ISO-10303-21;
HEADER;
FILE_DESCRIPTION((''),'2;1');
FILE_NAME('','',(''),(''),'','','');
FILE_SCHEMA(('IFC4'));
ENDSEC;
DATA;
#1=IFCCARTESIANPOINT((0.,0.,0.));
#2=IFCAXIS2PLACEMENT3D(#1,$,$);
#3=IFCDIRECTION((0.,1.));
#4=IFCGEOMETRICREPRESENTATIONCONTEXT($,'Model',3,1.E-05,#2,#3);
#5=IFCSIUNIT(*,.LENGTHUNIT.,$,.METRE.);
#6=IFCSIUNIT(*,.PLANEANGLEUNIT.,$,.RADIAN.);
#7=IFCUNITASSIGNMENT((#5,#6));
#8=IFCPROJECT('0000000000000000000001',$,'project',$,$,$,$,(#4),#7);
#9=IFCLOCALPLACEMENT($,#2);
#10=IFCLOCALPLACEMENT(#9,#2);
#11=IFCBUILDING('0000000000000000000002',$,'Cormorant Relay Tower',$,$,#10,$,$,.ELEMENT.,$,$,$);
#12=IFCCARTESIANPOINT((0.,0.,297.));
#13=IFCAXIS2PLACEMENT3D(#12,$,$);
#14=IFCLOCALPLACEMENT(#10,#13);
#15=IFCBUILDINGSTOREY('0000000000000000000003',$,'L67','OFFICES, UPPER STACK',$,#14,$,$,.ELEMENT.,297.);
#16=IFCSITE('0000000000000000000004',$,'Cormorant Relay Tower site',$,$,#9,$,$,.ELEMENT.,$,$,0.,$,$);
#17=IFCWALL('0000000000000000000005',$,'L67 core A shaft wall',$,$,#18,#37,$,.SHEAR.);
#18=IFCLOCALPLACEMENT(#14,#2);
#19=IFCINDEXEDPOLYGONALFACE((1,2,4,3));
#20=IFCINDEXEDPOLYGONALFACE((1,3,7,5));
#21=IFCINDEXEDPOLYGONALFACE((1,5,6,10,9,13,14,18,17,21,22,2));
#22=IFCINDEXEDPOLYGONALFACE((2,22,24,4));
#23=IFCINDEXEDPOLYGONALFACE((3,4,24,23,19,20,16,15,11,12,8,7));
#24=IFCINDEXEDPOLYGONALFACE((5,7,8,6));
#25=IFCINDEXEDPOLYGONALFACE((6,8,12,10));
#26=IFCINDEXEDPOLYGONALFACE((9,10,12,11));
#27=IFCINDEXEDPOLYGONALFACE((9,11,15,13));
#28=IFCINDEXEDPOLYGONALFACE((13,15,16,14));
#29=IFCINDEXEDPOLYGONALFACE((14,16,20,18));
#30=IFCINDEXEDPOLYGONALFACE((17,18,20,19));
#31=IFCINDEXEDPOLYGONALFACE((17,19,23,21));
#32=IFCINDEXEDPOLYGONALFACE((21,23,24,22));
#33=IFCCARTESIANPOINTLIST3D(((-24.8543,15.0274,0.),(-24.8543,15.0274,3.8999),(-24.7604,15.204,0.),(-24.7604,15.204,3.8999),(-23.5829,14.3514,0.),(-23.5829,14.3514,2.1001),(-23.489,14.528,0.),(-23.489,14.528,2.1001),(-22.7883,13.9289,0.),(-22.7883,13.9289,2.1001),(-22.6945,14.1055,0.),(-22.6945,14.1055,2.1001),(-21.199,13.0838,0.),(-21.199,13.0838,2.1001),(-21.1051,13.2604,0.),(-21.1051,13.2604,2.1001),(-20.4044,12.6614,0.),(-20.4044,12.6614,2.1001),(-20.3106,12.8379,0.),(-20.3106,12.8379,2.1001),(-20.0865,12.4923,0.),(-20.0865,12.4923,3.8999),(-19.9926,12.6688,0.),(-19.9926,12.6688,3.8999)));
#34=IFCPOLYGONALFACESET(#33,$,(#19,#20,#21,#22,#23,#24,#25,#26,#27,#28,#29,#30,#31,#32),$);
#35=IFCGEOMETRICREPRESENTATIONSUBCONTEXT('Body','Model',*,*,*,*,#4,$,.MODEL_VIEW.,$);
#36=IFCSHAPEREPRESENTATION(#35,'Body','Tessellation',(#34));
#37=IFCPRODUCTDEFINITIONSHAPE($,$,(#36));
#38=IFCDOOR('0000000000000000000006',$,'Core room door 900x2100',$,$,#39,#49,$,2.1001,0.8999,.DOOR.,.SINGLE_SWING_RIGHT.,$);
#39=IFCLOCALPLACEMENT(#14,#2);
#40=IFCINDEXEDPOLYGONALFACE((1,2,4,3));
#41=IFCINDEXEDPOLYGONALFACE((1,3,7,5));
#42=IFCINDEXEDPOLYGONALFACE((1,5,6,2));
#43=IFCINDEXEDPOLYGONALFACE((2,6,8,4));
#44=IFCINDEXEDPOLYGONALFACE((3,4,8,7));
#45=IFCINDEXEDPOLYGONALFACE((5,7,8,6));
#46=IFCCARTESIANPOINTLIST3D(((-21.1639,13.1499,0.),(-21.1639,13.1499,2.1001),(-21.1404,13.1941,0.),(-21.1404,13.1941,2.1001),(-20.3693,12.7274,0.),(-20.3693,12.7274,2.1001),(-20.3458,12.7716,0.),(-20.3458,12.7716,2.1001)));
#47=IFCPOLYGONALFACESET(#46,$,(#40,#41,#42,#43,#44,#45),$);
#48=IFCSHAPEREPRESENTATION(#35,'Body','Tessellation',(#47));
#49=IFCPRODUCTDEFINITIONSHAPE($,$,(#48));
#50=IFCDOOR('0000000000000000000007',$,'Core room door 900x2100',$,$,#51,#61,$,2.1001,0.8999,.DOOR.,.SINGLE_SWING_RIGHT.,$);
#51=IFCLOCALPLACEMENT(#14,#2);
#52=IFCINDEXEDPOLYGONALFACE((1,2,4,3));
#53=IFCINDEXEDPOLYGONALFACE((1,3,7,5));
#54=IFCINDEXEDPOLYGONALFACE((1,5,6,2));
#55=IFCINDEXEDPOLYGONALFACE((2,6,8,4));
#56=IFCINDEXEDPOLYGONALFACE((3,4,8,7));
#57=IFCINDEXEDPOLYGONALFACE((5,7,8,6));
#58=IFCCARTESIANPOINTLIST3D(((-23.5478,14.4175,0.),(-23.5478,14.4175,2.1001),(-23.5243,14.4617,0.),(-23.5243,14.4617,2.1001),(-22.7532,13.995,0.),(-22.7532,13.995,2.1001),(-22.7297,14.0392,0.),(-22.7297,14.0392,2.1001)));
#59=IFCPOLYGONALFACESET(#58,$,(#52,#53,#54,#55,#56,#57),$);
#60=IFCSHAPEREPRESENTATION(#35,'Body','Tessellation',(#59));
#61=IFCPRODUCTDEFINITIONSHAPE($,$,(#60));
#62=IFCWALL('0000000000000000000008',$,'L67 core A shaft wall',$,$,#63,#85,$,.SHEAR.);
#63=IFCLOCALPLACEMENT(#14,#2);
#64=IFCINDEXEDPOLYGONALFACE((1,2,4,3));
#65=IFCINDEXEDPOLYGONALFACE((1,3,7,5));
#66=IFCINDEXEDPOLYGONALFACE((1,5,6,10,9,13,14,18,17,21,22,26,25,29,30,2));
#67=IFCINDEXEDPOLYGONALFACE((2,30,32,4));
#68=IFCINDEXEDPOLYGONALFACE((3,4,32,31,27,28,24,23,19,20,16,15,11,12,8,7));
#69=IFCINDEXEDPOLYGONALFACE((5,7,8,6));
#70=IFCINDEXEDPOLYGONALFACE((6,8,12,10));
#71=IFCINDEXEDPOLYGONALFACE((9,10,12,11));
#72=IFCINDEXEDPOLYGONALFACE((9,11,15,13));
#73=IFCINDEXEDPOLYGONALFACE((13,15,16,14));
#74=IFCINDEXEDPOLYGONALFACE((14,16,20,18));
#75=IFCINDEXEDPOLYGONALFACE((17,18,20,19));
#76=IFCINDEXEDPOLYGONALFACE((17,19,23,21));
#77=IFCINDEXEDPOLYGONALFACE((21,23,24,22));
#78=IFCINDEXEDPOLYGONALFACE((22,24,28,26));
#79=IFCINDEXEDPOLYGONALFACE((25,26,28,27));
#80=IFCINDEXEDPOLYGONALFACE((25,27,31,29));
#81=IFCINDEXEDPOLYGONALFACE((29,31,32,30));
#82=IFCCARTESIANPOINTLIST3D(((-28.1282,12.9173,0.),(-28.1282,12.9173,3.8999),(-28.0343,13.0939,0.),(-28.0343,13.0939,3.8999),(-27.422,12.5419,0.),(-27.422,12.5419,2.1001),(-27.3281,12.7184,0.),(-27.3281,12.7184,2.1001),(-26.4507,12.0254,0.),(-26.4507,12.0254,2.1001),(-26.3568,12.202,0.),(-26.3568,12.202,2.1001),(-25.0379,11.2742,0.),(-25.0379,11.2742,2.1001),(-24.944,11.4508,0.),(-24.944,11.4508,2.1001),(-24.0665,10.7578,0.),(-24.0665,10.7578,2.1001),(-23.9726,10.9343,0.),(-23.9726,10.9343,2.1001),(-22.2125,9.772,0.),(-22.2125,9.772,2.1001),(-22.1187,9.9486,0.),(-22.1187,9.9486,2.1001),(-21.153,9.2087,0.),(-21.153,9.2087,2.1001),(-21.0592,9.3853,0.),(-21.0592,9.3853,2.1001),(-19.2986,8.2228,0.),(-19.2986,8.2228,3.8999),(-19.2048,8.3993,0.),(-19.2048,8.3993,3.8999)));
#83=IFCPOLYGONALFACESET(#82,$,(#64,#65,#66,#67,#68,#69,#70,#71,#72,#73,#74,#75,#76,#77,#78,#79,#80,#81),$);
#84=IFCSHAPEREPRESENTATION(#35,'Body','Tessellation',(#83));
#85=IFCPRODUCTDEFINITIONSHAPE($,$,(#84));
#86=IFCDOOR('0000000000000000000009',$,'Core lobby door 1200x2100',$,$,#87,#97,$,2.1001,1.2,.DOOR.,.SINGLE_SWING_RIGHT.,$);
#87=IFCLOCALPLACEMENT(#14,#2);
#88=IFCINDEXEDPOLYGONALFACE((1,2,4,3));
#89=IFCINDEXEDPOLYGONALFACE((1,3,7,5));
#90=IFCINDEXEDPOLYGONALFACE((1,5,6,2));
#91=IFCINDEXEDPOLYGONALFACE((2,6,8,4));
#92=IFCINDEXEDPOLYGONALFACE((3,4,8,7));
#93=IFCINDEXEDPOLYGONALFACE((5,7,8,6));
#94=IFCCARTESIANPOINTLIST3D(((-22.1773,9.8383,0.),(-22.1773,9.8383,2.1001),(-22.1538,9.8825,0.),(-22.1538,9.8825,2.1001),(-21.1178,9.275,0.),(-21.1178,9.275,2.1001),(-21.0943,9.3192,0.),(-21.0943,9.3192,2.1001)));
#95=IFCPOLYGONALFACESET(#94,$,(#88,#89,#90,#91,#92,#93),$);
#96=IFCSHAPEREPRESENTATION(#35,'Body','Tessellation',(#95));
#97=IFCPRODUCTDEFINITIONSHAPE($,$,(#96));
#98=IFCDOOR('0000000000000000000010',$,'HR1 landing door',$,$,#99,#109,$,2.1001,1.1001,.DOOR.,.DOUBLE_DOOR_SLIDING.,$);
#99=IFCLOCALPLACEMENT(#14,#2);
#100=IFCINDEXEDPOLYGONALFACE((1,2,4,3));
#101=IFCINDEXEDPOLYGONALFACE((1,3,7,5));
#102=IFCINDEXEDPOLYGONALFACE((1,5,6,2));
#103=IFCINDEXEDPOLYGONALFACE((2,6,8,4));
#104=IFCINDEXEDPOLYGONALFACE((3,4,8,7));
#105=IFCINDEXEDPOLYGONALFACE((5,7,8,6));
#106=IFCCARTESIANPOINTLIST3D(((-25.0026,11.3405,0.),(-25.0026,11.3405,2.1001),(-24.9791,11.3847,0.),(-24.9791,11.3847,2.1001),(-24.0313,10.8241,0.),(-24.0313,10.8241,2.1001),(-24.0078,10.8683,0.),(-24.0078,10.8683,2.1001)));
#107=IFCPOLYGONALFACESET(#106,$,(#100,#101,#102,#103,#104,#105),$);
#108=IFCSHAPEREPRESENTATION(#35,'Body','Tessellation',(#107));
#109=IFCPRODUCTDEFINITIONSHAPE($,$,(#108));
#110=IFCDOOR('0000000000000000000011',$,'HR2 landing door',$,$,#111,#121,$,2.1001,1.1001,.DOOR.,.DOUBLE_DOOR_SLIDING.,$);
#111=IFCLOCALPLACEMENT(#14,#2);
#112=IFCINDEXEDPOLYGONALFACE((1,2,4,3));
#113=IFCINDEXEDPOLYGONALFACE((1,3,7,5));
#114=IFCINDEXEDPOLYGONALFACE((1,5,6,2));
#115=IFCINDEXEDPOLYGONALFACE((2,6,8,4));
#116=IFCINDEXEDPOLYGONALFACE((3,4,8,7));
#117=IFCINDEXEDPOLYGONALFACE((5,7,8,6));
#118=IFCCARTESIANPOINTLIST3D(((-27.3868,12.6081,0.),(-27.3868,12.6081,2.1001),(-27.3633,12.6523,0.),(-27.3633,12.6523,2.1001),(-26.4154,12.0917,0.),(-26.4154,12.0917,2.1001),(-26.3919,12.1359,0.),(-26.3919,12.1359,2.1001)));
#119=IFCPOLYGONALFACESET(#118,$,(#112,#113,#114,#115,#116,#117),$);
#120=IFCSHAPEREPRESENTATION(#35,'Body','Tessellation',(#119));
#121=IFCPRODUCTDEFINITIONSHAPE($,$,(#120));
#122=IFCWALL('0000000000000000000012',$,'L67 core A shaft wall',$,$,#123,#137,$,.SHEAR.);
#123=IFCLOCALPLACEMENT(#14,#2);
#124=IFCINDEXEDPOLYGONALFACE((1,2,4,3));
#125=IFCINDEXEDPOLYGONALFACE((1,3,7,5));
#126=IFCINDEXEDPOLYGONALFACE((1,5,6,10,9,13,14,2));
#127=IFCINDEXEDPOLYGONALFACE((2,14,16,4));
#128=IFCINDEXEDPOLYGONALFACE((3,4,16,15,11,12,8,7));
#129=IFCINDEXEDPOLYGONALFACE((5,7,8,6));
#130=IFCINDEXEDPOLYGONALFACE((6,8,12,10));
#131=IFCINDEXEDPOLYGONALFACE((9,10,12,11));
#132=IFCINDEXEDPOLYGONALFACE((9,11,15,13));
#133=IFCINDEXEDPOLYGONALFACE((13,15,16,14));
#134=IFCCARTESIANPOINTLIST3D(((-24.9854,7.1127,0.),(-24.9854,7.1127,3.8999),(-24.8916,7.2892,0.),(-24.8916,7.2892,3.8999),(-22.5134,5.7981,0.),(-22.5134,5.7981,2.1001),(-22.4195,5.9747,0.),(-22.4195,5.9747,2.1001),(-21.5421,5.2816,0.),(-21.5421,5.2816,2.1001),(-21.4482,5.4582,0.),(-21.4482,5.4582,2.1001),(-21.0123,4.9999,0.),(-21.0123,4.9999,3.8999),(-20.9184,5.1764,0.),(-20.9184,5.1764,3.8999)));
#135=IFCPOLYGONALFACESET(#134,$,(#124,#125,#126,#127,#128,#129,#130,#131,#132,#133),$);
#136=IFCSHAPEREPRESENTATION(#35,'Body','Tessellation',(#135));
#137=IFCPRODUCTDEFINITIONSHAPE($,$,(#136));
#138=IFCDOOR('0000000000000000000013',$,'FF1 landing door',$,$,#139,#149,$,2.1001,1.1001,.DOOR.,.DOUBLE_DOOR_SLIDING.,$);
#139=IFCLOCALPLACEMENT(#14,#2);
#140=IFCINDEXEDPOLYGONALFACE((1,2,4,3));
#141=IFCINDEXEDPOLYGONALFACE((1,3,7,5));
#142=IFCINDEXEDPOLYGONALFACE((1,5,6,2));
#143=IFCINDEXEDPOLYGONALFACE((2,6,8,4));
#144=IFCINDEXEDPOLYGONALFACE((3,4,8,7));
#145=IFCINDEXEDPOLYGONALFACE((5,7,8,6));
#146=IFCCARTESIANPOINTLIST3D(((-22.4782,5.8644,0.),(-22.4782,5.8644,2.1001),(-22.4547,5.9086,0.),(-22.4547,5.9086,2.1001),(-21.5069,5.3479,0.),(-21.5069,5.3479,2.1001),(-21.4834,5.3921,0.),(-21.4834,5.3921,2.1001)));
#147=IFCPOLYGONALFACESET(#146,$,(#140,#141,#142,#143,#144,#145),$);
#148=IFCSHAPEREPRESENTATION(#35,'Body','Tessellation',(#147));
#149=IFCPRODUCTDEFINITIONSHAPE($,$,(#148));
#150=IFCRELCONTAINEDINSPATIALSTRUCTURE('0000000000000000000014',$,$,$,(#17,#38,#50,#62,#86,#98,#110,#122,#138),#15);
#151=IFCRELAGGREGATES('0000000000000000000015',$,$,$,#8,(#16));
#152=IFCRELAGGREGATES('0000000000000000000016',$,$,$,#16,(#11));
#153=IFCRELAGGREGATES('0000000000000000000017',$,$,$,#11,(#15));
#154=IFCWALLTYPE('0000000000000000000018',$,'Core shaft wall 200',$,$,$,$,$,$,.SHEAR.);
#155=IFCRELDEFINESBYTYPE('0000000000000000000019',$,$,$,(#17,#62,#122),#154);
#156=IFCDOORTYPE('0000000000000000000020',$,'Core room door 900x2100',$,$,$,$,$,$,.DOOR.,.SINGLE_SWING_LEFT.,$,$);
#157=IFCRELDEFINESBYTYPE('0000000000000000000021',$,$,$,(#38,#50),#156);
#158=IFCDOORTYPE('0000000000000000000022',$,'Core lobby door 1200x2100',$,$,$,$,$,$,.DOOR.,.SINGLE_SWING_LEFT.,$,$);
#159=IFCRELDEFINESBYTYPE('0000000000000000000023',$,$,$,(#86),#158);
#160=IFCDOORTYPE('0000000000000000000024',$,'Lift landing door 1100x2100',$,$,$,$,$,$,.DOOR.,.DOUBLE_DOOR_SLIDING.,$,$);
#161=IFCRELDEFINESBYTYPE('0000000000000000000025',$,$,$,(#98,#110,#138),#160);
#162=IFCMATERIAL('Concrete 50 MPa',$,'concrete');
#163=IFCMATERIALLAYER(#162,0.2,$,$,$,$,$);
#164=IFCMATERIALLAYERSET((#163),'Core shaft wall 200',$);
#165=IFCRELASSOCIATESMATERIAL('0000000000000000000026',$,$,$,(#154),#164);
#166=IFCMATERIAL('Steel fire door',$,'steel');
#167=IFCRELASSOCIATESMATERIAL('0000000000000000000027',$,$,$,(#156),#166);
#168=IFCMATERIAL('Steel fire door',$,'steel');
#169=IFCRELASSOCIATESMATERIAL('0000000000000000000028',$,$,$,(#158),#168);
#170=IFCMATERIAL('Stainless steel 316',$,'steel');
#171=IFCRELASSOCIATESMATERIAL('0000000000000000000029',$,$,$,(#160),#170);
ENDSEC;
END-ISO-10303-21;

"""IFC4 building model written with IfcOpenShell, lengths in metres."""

from ifc_helpers import new_model, si_unit, direction, frame, frame_2d, origin, place, context, subcontext, project, spatial, rectangle, extrude, material, layer, layer_set, type_object, element, fill, save


model = new_model("IFC4")

# Units and contexts
model_context = context("Model", 3, precision=1e-05, world=origin(), true_north=direction((0.0, 1.0)))
body_context = subcontext(model_context, "Body", "Model", "MODEL_VIEW")
ifc_project = project(units=[si_unit("LENGTHUNIT", "METRE"), si_unit("PLANEANGLEUNIT", "RADIAN")], contexts=[model_context])

# Site, building, storey
site_placement = place(None, origin())
site = spatial("IfcSite", under=ifc_project, at=site_placement, Name="Cormorant Relay Tower site", CompositionType="ELEMENT", RefElevation=0.0)
building_placement = place(site_placement, origin())
building = spatial("IfcBuilding", under=site, at=building_placement, Name="Cormorant Relay Tower", CompositionType="ELEMENT")
storey_placement = place(building_placement, frame((0.0, 0.0, 297.0)))
storey = spatial("IfcBuildingStorey", under=building, at=storey_placement, Name="L67", Description="OFFICES, UPPER STACK", CompositionType="ELEMENT", Elevation=297.0)

# Shared definitions
ifc_material_1 = material(Name="Concrete 50 MPa", Category="concrete")
ifc_layer_1 = layer(ifc_material_1, 0.2)
ifc_layer_set_1 = layer_set([ifc_layer_1], Name="Core shaft wall 200")
wall_type_1 = type_object("IfcWallType", Name="Core shaft wall 200", PredefinedType="SHEAR", material=ifc_layer_set_1)

# Walls, openings, doors
wall_1_placement = place(storey_placement, frame((-20.0396, 12.5806, 0.0), z_axis=(0.0, 0.0, 1.0), x_axis=(-0.882943, 0.46948, 0.0)))
wall_1 = element("IfcWall", 1, at=wall_1_placement, inside=storey, type_object=wall_type_1, Name="L67 core A shaft wall", PredefinedType="SHEAR", context=body_context, shape_type="SweptSolid", body=[
    extrude(rectangle(XDim=5.3999, YDim=0.2, at=frame_2d((2.7, 0.0))), origin(), (0.0, 0.0, 1.0), 3.8999),
])
opening_1_placement = place(wall_1_placement, frame((0.3601, 0.0, 0.0)))
opening_1 = element("IfcOpeningElement", 2, at=opening_1_placement, cuts=wall_1, PredefinedType="OPENING", context=body_context, shape_type="SweptSolid", body=[
    extrude(rectangle(XDim=0.8999, YDim=2.1001, at=frame_2d((0.45, 1.05))), frame((0.0, 0.1099, 0.0), z_axis=(0.0, -1.0, 0.0), x_axis=(1.0, 0.0, 0.0)), (0.0, 0.0, 1.0), 0.22),
])
opening_2_placement = place(wall_1_placement, frame((3.0601, 0.0, 0.0)))
opening_2 = element("IfcOpeningElement", 3, at=opening_2_placement, cuts=wall_1, PredefinedType="OPENING", context=body_context, shape_type="SweptSolid", body=[
    extrude(rectangle(XDim=0.8999, YDim=2.1001, at=frame_2d((0.45, 1.05))), frame((0.0, 0.1099, 0.0), z_axis=(0.0, -1.0, 0.0), x_axis=(1.0, 0.0, 0.0)), (0.0, 0.0, 1.0), 0.22),
])
ifc_material_2 = material(Name="Steel fire door", Category="steel")
door_type_1 = type_object("IfcDoorType", Name="Core room door 900x2100", OperationType="SINGLE_SWING_LEFT", PredefinedType="DOOR", material=ifc_material_2)
door_1_placement = place(opening_1_placement, frame((0.8999, 0.0, 0.0), z_axis=(0.0, 0.0, 1.0), x_axis=(-1.0, 0.0, 0.0)))
door_1 = element("IfcDoor", 4, at=door_1_placement, inside=storey, type_object=door_type_1, Name="Core room door 900x2100", OperationType="SINGLE_SWING_RIGHT", OverallHeight=2.1001, OverallWidth=0.8999, PredefinedType="DOOR", context=body_context, shape_type="SweptSolid", body=[
    extrude(rectangle(XDim=0.8999, YDim=2.1001, at=frame_2d((0.45, 1.05))), frame((0.0, 0.0249, 0.0), z_axis=(0.0, -1.0, 0.0), x_axis=(1.0, 0.0, 0.0)), (0.0, 0.0, 1.0), 0.05),
])
fill(opening_1, door_1)
door_2_placement = place(opening_2_placement, frame((0.8999, 0.0, 0.0), z_axis=(0.0, 0.0, 1.0), x_axis=(-1.0, 0.0, 0.0)))
door_2 = element("IfcDoor", 5, at=door_2_placement, inside=storey, type_object=door_type_1, Name="Core room door 900x2100", OperationType="SINGLE_SWING_RIGHT", OverallHeight=2.1001, OverallWidth=0.8999, PredefinedType="DOOR", context=body_context, shape_type="SweptSolid", body=[
    extrude(rectangle(XDim=0.8999, YDim=2.1001, at=frame_2d((0.45, 1.05))), frame((0.0, 0.0249, 0.0), z_axis=(0.0, -1.0, 0.0), x_axis=(1.0, 0.0, 0.0)), (0.0, 0.0, 1.0), 0.05),
])
fill(opening_2, door_2)
wall_2_placement = place(storey_placement, frame((-19.2517, 8.311, 0.0), z_axis=(0.0, 0.0, 1.0), x_axis=(-0.882956, 0.469456, 0.0)))
wall_2 = element("IfcWall", 6, at=wall_2_placement, inside=storey, type_object=wall_type_1, Name="L67 core A shaft wall", PredefinedType="SHEAR", context=body_context, shape_type="SweptSolid", body=[
    extrude(rectangle(XDim=10.0, YDim=0.2, at=frame_2d((5.0, 0.0))), origin(), (0.0, 0.0, 1.0), 3.8999),
])
opening_3_placement = place(wall_2_placement, frame((2.1001, 0.0, 0.0)))
opening_3 = element("IfcOpeningElement", 7, at=opening_3_placement, cuts=wall_2, PredefinedType="OPENING", context=body_context, shape_type="SweptSolid", body=[
    extrude(rectangle(XDim=1.2, YDim=2.1001, at=frame_2d((0.6001, 1.05))), frame((0.0, 0.1099, 0.0), z_axis=(0.0, -1.0, 0.0), x_axis=(1.0, 0.0, 0.0)), (0.0, 0.0, 1.0), 0.22),
])
opening_4_placement = place(wall_2_placement, frame((5.3999, 0.0, 0.0)))
opening_4 = element("IfcOpeningElement", 8, at=opening_4_placement, cuts=wall_2, PredefinedType="OPENING", context=body_context, shape_type="SweptSolid", body=[
    extrude(rectangle(XDim=1.1001, YDim=2.1001, at=frame_2d((0.55, 1.05))), frame((0.0, 0.1099, 0.0), z_axis=(0.0, -1.0, 0.0), x_axis=(1.0, 0.0, 0.0)), (0.0, 0.0, 1.0), 0.22),
])
opening_5_placement = place(wall_2_placement, frame((8.1001, 0.0, 0.0)))
opening_5 = element("IfcOpeningElement", 9, at=opening_5_placement, cuts=wall_2, PredefinedType="OPENING", context=body_context, shape_type="SweptSolid", body=[
    extrude(rectangle(XDim=1.1001, YDim=2.1001, at=frame_2d((0.55, 1.05))), frame((0.0, 0.1099, 0.0), z_axis=(0.0, -1.0, 0.0), x_axis=(1.0, 0.0, 0.0)), (0.0, 0.0, 1.0), 0.22),
])
ifc_material_3 = material(Name="Steel fire door", Category="steel")
door_type_2 = type_object("IfcDoorType", Name="Core lobby door 1200x2100", OperationType="SINGLE_SWING_LEFT", PredefinedType="DOOR", material=ifc_material_3)
door_3_placement = place(opening_3_placement, origin())
door_3 = element("IfcDoor", 10, at=door_3_placement, inside=storey, type_object=door_type_2, Name="Core lobby door 1200x2100", OperationType="SINGLE_SWING_RIGHT", OverallHeight=2.1001, OverallWidth=1.2, PredefinedType="DOOR", context=body_context, shape_type="SweptSolid", body=[
    extrude(rectangle(XDim=1.2, YDim=2.1001, at=frame_2d((0.6001, 1.05))), frame((0.0, 0.0249, 0.0), z_axis=(0.0, -1.0, 0.0), x_axis=(1.0, 0.0, 0.0)), (0.0, 0.0, 1.0), 0.05),
])
fill(opening_3, door_3)
ifc_material_4 = material(Name="Stainless steel 316", Category="steel")
door_type_3 = type_object("IfcDoorType", Name="Lift landing door 1100x2100", OperationType="DOUBLE_DOOR_SLIDING", PredefinedType="DOOR", material=ifc_material_4)
door_4_placement = place(opening_4_placement, origin())
door_4 = element("IfcDoor", 11, at=door_4_placement, inside=storey, type_object=door_type_3, Name="HR1 landing door", OperationType="DOUBLE_DOOR_SLIDING", OverallHeight=2.1001, OverallWidth=1.1001, PredefinedType="DOOR", context=body_context, shape_type="SweptSolid", body=[
    extrude(rectangle(XDim=1.1001, YDim=2.1001, at=frame_2d((0.55, 1.05))), frame((0.0, 0.0249, 0.0), z_axis=(0.0, -1.0, 0.0), x_axis=(1.0, 0.0, 0.0)), (0.0, 0.0, 1.0), 0.05),
])
fill(opening_4, door_4)
door_5_placement = place(opening_5_placement, origin())
door_5 = element("IfcDoor", 12, at=door_5_placement, inside=storey, type_object=door_type_3, Name="HR2 landing door", OperationType="DOUBLE_DOOR_SLIDING", OverallHeight=2.1001, OverallWidth=1.1001, PredefinedType="DOOR", context=body_context, shape_type="SweptSolid", body=[
    extrude(rectangle(XDim=1.1001, YDim=2.1001, at=frame_2d((0.55, 1.05))), frame((0.0, 0.0249, 0.0), z_axis=(0.0, -1.0, 0.0), x_axis=(1.0, 0.0, 0.0)), (0.0, 0.0, 1.0), 0.05),
])
fill(opening_5, door_5)

# Wall, opening, door
wall_3_placement = place(storey_placement, frame((-20.9653, 5.0881, 0.0), z_axis=(0.0, 0.0, 1.0), x_axis=(-0.882926, 0.469512, 0.0)))
wall_3 = element("IfcWall", 13, at=wall_3_placement, inside=storey, type_object=wall_type_1, Name="L67 core A shaft wall", PredefinedType="SHEAR", context=body_context, shape_type="SweptSolid", body=[
    extrude(rectangle(XDim=4.5, YDim=0.2, at=frame_2d((2.25, 0.0))), origin(), (0.0, 0.0, 1.0), 3.8999),
])
opening_6_placement = place(wall_3_placement, frame((0.6001, 0.0, 0.0)))
opening_6 = element("IfcOpeningElement", 14, at=opening_6_placement, cuts=wall_3, PredefinedType="OPENING", context=body_context, shape_type="SweptSolid", body=[
    extrude(rectangle(XDim=1.1001, YDim=2.1001, at=frame_2d((0.55, 1.05))), frame((0.0, 0.1099, 0.0), z_axis=(0.0, -1.0, 0.0), x_axis=(1.0, 0.0, 0.0)), (0.0, 0.0, 1.0), 0.22),
])
door_6_placement = place(opening_6_placement, origin())
door_6 = element("IfcDoor", 15, at=door_6_placement, inside=storey, type_object=door_type_3, Name="FF1 landing door", OperationType="DOUBLE_DOOR_SLIDING", OverallHeight=2.1001, OverallWidth=1.1001, PredefinedType="DOOR", context=body_context, shape_type="SweptSolid", body=[
    extrude(rectangle(XDim=1.1001, YDim=2.1001, at=frame_2d((0.55, 1.05))), frame((0.0, 0.0249, 0.0), z_axis=(0.0, -1.0, 0.0), x_axis=(1.0, 0.0, 0.0)), (0.0, 0.0, 1.0), 0.05),
])
fill(opening_6, door_6)

save(model, "model.ifc")
